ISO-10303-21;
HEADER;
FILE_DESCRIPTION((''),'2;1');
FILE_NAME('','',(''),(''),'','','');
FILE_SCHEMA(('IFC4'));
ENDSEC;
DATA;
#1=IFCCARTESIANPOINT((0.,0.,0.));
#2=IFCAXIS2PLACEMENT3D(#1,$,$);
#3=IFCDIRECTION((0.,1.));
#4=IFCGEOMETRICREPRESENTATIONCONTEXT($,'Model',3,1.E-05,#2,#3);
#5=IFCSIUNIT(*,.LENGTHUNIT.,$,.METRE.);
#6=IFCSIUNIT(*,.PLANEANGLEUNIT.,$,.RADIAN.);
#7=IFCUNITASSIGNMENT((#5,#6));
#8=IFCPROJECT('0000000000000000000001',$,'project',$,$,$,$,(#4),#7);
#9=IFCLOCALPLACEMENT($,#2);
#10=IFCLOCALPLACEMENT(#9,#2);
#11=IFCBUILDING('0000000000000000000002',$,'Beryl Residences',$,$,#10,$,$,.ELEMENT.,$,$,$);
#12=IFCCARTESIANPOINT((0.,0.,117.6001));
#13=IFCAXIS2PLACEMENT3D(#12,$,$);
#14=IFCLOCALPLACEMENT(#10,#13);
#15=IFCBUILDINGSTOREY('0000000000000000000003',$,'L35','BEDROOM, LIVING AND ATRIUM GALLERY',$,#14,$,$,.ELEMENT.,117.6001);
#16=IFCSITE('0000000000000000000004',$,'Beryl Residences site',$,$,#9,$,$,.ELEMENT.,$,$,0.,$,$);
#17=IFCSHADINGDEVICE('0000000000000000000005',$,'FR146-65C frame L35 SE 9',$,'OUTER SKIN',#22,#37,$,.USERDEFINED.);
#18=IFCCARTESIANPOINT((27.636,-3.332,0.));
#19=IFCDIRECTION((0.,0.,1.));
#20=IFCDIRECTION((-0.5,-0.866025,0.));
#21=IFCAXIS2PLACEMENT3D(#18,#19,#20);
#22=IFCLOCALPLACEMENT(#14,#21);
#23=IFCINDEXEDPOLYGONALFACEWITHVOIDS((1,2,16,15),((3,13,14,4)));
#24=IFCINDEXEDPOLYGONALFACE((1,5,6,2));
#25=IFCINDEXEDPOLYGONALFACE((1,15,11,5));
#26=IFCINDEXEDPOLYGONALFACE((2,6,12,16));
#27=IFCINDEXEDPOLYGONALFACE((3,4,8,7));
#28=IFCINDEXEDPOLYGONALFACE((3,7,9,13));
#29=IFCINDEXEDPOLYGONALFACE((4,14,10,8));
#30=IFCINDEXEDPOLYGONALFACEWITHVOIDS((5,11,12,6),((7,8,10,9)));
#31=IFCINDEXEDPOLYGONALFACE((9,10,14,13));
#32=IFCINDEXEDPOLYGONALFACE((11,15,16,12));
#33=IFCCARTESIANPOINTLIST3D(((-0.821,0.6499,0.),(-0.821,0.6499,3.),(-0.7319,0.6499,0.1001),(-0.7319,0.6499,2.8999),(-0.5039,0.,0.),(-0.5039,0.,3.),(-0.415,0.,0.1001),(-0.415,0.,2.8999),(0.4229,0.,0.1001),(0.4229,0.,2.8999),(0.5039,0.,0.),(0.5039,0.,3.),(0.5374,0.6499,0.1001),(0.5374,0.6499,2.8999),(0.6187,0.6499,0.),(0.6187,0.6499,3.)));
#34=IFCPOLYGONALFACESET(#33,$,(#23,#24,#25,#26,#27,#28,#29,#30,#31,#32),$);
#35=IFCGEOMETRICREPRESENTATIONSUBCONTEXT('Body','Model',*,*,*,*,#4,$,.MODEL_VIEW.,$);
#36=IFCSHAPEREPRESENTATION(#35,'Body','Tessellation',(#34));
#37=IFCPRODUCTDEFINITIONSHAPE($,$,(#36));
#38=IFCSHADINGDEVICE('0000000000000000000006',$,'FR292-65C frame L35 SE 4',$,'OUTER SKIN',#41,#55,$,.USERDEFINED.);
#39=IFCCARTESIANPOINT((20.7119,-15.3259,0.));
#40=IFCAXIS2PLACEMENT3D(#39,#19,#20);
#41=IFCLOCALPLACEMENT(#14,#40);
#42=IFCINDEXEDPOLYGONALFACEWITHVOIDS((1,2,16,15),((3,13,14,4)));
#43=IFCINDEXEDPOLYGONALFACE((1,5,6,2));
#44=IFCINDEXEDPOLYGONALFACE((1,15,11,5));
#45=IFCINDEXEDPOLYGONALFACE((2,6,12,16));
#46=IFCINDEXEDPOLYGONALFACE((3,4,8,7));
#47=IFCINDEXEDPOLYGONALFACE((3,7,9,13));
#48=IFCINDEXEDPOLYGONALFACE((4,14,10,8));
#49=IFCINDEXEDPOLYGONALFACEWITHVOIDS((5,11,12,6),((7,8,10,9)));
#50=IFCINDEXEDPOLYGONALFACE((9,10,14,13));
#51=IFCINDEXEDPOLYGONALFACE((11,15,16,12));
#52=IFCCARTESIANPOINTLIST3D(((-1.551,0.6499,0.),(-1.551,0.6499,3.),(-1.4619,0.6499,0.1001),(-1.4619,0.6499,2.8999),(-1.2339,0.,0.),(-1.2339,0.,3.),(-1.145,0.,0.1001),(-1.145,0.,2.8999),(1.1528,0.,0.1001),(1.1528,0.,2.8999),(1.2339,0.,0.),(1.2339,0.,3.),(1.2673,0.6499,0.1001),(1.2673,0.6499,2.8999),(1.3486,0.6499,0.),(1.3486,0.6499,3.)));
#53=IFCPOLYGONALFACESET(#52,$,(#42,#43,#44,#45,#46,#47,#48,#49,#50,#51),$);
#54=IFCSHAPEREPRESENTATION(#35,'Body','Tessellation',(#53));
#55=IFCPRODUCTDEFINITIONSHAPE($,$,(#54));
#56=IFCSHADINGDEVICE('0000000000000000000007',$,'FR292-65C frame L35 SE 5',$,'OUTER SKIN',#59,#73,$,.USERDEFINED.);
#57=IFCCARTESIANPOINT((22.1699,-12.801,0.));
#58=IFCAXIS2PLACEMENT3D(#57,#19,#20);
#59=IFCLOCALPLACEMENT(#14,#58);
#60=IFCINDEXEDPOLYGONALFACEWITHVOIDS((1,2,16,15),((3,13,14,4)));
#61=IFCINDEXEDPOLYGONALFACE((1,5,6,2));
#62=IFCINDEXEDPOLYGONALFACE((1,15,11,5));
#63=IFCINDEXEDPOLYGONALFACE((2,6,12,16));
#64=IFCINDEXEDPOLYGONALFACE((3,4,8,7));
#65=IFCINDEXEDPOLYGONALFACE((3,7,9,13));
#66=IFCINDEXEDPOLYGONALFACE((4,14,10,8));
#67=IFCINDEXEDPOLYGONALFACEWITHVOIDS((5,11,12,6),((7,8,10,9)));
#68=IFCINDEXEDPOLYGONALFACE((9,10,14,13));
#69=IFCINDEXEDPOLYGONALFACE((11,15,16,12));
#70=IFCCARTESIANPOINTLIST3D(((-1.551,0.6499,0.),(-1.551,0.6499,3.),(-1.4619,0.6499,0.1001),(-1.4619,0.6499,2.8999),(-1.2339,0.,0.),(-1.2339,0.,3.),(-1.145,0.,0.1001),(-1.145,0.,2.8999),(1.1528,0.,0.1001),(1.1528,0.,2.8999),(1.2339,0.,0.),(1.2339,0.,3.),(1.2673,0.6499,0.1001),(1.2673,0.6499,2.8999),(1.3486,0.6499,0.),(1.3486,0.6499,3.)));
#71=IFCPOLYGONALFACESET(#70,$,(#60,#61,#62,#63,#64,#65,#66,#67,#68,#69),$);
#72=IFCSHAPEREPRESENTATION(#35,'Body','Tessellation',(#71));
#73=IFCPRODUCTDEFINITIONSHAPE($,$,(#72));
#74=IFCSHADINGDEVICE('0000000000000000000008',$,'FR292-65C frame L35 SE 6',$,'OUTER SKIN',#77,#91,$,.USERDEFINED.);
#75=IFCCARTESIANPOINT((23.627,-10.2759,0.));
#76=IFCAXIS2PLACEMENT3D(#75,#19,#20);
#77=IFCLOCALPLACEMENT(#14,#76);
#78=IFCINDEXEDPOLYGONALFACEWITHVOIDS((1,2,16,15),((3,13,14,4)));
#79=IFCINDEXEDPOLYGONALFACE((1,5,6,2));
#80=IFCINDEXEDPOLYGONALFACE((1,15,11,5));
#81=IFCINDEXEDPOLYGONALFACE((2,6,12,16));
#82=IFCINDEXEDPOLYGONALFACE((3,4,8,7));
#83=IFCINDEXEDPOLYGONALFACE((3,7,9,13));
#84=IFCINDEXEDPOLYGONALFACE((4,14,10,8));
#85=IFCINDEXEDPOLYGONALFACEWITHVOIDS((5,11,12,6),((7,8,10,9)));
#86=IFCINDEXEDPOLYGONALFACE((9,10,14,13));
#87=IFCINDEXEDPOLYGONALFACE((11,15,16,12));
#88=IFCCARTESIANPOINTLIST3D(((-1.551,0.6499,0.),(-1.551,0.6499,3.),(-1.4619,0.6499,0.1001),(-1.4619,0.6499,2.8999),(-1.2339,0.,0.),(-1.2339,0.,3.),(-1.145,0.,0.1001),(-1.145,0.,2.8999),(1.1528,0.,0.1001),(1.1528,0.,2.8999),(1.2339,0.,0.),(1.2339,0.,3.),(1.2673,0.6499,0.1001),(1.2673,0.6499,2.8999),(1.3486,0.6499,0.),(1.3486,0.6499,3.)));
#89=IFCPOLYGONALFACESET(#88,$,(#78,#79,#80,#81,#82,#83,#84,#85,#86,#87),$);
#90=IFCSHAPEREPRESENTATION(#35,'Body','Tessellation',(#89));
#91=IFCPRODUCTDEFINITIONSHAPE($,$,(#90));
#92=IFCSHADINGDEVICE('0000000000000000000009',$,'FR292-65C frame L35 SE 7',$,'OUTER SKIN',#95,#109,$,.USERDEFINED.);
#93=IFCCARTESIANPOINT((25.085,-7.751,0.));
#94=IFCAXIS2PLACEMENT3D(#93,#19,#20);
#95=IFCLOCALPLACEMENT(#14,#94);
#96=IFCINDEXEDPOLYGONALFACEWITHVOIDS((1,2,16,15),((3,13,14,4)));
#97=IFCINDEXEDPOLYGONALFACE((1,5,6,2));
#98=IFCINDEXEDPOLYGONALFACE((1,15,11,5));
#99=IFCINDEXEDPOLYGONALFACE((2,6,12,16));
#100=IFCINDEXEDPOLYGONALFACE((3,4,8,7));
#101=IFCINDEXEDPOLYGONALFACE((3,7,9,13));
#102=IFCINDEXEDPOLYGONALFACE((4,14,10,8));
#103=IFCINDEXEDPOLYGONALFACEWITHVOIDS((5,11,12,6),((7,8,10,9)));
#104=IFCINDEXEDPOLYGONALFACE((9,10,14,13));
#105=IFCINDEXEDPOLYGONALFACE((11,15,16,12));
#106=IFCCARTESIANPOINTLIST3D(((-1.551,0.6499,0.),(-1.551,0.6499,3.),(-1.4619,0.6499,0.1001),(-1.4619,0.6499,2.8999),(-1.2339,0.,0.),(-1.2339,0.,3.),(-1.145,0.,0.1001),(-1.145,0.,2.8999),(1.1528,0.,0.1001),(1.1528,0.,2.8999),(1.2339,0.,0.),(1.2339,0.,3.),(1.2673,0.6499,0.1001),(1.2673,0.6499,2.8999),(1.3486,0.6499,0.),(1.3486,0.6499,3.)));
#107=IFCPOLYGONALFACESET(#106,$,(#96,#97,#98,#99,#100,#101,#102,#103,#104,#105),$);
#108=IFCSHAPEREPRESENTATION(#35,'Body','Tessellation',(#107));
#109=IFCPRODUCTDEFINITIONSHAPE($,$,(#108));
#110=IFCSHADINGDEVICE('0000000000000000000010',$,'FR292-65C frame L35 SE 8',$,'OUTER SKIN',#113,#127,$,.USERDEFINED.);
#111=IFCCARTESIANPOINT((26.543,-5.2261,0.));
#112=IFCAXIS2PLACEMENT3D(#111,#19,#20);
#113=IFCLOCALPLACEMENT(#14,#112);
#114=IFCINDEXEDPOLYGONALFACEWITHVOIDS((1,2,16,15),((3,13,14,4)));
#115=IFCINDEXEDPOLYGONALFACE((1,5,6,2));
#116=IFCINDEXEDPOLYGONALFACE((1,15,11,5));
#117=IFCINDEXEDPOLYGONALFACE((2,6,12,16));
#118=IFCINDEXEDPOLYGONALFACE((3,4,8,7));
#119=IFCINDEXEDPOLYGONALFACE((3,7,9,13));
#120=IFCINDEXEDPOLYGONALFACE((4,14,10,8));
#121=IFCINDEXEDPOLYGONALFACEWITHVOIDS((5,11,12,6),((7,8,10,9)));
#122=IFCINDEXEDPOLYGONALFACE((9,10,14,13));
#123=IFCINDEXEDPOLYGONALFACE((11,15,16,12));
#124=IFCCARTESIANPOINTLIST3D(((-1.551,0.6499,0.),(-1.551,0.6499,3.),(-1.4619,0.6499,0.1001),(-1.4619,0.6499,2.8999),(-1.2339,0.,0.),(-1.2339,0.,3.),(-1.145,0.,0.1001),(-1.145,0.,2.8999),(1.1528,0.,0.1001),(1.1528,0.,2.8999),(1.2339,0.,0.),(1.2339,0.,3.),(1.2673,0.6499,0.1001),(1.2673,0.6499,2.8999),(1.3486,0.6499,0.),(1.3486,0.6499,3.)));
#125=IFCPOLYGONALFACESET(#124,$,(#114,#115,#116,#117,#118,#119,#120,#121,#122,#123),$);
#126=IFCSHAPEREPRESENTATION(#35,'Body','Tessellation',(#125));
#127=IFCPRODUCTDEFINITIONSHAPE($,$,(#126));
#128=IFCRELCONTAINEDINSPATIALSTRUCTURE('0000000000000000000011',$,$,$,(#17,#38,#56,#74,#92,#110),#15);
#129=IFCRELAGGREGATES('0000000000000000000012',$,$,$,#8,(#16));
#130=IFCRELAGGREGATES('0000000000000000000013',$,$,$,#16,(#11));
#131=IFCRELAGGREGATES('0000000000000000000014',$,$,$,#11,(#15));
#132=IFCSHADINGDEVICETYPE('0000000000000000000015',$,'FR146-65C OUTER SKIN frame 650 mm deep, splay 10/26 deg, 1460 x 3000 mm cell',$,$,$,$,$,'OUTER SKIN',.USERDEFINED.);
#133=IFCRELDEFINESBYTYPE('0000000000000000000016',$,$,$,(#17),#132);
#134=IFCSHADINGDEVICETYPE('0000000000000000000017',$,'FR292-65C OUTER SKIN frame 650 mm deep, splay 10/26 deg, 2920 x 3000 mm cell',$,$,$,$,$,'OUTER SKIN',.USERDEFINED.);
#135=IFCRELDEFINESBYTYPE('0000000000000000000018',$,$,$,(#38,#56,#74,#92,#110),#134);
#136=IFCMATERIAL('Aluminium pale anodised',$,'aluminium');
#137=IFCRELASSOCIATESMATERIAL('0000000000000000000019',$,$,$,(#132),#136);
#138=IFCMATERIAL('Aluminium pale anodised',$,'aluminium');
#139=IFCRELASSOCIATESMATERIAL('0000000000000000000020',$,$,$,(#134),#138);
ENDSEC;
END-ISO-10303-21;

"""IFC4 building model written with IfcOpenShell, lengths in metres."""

from ifc_helpers import new_model, entity, si_unit, direction, frame, origin, place, context, subcontext, project, spatial, source, transform, mapped, material, type_object, type_shapes, element, save


model = new_model("IFC4")

# Units and contexts
model_context = context("Model", 3, precision=1e-05, world=origin(), true_north=direction((0.0, 1.0)))
body_context = subcontext(model_context, "Body", "Model", "MODEL_VIEW")
ifc_project = project(units=[si_unit("LENGTHUNIT", "METRE"), si_unit("PLANEANGLEUNIT", "RADIAN")], contexts=[model_context])

# Site, building, storey
site_placement = place(None, origin())
site = spatial("IfcSite", under=ifc_project, at=site_placement, Name="Beryl Residences site", CompositionType="ELEMENT", RefElevation=0.0)
building_placement = place(site_placement, origin())
building = spatial("IfcBuilding", under=site, at=building_placement, Name="Beryl Residences", CompositionType="ELEMENT")
storey_placement = place(building_placement, frame((0.0, 0.0, 117.6001)))
storey = spatial("IfcBuildingStorey", under=building, at=storey_placement, Name="L35", Description="BEDROOM, LIVING AND ATRIUM GALLERY", CompositionType="ELEMENT", Elevation=117.6001)

# Shading devices
ifc_material_1 = material(Name="Aluminium pale anodised", Category="aluminium")
shading_device_type_1 = type_object("IfcShadingDeviceType", Name="FR146-65C OUTER SKIN frame 650 mm deep, splay 10/26 deg, 1460 x 3000 mm cell", ElementType="OUTER SKIN", PredefinedType="USERDEFINED", material=ifc_material_1)
cartesian_point_1 = entity("IfcCartesianPoint", [-0.5039, 0.0])
cartesian_point_2 = entity("IfcCartesianPoint", [-0.4229, 0.1001])
cartesian_point_3 = entity("IfcCartesianPoint", [-0.6187, 0.0])
cartesian_point_4 = entity("IfcCartesianPoint", [-0.5374, 0.1001])
shared_shape_1 = source(origin(), body_context, "Body", "SweptSolid", [
    entity("IfcExtrudedAreaSolidTapered", entity("IfcArbitraryProfileDefWithVoids", "AREA", None, entity("IfcPolyline", [cartesian_point_1, entity("IfcCartesianPoint", [0.5039, 0.0]), entity("IfcCartesianPoint", [0.5039, 3.0]), entity("IfcCartesianPoint", [-0.5039, 3.0]), cartesian_point_1]), [entity("IfcPolyline", [cartesian_point_2, entity("IfcCartesianPoint", [0.415, 0.1001]), entity("IfcCartesianPoint", [0.415, 2.8999]), entity("IfcCartesianPoint", [-0.4229, 2.8999]), cartesian_point_2])]), entity("IfcAxis2Placement3D", entity("IfcCartesianPoint", [0.0, 0.0, 0.0]), entity("IfcDirection", [0.0, 1.0, 0.0]), entity("IfcDirection", [-1.0, 0.0, 0.0])), entity("IfcDirection", [0.0, 0.0, 1.0]), 0.6499, entity("IfcArbitraryProfileDefWithVoids", "AREA", None, entity("IfcPolyline", [cartesian_point_3, entity("IfcCartesianPoint", [0.821, 0.0]), entity("IfcCartesianPoint", [0.821, 3.0]), entity("IfcCartesianPoint", [-0.6187, 3.0]), cartesian_point_3]), [entity("IfcPolyline", [cartesian_point_4, entity("IfcCartesianPoint", [0.7319, 0.1001]), entity("IfcCartesianPoint", [0.7319, 2.8999]), entity("IfcCartesianPoint", [-0.5374, 2.8999]), cartesian_point_4])])),
])
type_shapes(shading_device_type_1, [shared_shape_1])
shading_device_placement = place(storey_placement, frame((27.636, -3.332, 0.0), z_axis=(0.0, 0.0, 1.0), x_axis=(-0.5, -0.866025, 0.0)))
element("IfcShadingDevice", 1, at=shading_device_placement, inside=storey, type_object=shading_device_type_1, Name="FR146-65C frame L35 SE 9", ObjectType="OUTER SKIN", PredefinedType="USERDEFINED", context=body_context, shape_type="MappedRepresentation", body=[
    mapped(shared_shape_1, transform((0.0, 0.0, 0.0))),
])
ifc_material_2 = material(Name="Aluminium pale anodised", Category="aluminium")
shading_device_type_2 = type_object("IfcShadingDeviceType", Name="FR292-65C OUTER SKIN frame 650 mm deep, splay 10/26 deg, 2920 x 3000 mm cell", ElementType="OUTER SKIN", PredefinedType="USERDEFINED", material=ifc_material_2)
cartesian_point_5 = entity("IfcCartesianPoint", [-1.2339, 0.0])
cartesian_point_6 = entity("IfcCartesianPoint", [-1.1528, 0.1001])
cartesian_point_7 = entity("IfcCartesianPoint", [-1.3486, 0.0])
cartesian_point_8 = entity("IfcCartesianPoint", [-1.2673, 0.1001])
shared_shape_2 = source(origin(), body_context, "Body", "SweptSolid", [
    entity("IfcExtrudedAreaSolidTapered", entity("IfcArbitraryProfileDefWithVoids", "AREA", None, entity("IfcPolyline", [cartesian_point_5, entity("IfcCartesianPoint", [1.2339, 0.0]), entity("IfcCartesianPoint", [1.2339, 3.0]), entity("IfcCartesianPoint", [-1.2339, 3.0]), cartesian_point_5]), [entity("IfcPolyline", [cartesian_point_6, entity("IfcCartesianPoint", [1.145, 0.1001]), entity("IfcCartesianPoint", [1.145, 2.8999]), entity("IfcCartesianPoint", [-1.1528, 2.8999]), cartesian_point_6])]), entity("IfcAxis2Placement3D", entity("IfcCartesianPoint", [0.0, 0.0, 0.0]), entity("IfcDirection", [0.0, 1.0, 0.0]), entity("IfcDirection", [-1.0, 0.0, 0.0])), entity("IfcDirection", [0.0, 0.0, 1.0]), 0.6499, entity("IfcArbitraryProfileDefWithVoids", "AREA", None, entity("IfcPolyline", [cartesian_point_7, entity("IfcCartesianPoint", [1.551, 0.0]), entity("IfcCartesianPoint", [1.551, 3.0]), entity("IfcCartesianPoint", [-1.3486, 3.0]), cartesian_point_7]), [entity("IfcPolyline", [cartesian_point_8, entity("IfcCartesianPoint", [1.4619, 0.1001]), entity("IfcCartesianPoint", [1.4619, 2.8999]), entity("IfcCartesianPoint", [-1.2673, 2.8999]), cartesian_point_8])])),
])
type_shapes(shading_device_type_2, [shared_shape_2])
for number, where, z_axis, x_axis, name in (
    (2, (20.7119, -15.3259, 0.0), (0.0, 0.0, 1.0), (-0.5, -0.866025, 0.0), "FR292-65C frame L35 SE 4"),
    (3, (22.1699, -12.801, 0.0), (0.0, 0.0, 1.0), (-0.5, -0.866025, 0.0), "FR292-65C frame L35 SE 5"),
    (4, (23.627, -10.2759, 0.0), (0.0, 0.0, 1.0), (-0.5, -0.866025, 0.0), "FR292-65C frame L35 SE 6"),
    (5, (25.085, -7.751, 0.0), (0.0, 0.0, 1.0), (-0.5, -0.866025, 0.0), "FR292-65C frame L35 SE 7"),
    (6, (26.543, -5.2261, 0.0), (0.0, 0.0, 1.0), (-0.5, -0.866025, 0.0), "FR292-65C frame L35 SE 8"),
):
    element("IfcShadingDevice", number, at=place(storey_placement, frame(where, z_axis=z_axis, x_axis=x_axis)), inside=storey, type_object=shading_device_type_2, Name=name, ObjectType="OUTER SKIN", PredefinedType="USERDEFINED", context=body_context, shape_type="MappedRepresentation", body=[
        mapped(shared_shape_2, transform((0.0, 0.0, 0.0))),
    ])

save(model, "model.ifc")
